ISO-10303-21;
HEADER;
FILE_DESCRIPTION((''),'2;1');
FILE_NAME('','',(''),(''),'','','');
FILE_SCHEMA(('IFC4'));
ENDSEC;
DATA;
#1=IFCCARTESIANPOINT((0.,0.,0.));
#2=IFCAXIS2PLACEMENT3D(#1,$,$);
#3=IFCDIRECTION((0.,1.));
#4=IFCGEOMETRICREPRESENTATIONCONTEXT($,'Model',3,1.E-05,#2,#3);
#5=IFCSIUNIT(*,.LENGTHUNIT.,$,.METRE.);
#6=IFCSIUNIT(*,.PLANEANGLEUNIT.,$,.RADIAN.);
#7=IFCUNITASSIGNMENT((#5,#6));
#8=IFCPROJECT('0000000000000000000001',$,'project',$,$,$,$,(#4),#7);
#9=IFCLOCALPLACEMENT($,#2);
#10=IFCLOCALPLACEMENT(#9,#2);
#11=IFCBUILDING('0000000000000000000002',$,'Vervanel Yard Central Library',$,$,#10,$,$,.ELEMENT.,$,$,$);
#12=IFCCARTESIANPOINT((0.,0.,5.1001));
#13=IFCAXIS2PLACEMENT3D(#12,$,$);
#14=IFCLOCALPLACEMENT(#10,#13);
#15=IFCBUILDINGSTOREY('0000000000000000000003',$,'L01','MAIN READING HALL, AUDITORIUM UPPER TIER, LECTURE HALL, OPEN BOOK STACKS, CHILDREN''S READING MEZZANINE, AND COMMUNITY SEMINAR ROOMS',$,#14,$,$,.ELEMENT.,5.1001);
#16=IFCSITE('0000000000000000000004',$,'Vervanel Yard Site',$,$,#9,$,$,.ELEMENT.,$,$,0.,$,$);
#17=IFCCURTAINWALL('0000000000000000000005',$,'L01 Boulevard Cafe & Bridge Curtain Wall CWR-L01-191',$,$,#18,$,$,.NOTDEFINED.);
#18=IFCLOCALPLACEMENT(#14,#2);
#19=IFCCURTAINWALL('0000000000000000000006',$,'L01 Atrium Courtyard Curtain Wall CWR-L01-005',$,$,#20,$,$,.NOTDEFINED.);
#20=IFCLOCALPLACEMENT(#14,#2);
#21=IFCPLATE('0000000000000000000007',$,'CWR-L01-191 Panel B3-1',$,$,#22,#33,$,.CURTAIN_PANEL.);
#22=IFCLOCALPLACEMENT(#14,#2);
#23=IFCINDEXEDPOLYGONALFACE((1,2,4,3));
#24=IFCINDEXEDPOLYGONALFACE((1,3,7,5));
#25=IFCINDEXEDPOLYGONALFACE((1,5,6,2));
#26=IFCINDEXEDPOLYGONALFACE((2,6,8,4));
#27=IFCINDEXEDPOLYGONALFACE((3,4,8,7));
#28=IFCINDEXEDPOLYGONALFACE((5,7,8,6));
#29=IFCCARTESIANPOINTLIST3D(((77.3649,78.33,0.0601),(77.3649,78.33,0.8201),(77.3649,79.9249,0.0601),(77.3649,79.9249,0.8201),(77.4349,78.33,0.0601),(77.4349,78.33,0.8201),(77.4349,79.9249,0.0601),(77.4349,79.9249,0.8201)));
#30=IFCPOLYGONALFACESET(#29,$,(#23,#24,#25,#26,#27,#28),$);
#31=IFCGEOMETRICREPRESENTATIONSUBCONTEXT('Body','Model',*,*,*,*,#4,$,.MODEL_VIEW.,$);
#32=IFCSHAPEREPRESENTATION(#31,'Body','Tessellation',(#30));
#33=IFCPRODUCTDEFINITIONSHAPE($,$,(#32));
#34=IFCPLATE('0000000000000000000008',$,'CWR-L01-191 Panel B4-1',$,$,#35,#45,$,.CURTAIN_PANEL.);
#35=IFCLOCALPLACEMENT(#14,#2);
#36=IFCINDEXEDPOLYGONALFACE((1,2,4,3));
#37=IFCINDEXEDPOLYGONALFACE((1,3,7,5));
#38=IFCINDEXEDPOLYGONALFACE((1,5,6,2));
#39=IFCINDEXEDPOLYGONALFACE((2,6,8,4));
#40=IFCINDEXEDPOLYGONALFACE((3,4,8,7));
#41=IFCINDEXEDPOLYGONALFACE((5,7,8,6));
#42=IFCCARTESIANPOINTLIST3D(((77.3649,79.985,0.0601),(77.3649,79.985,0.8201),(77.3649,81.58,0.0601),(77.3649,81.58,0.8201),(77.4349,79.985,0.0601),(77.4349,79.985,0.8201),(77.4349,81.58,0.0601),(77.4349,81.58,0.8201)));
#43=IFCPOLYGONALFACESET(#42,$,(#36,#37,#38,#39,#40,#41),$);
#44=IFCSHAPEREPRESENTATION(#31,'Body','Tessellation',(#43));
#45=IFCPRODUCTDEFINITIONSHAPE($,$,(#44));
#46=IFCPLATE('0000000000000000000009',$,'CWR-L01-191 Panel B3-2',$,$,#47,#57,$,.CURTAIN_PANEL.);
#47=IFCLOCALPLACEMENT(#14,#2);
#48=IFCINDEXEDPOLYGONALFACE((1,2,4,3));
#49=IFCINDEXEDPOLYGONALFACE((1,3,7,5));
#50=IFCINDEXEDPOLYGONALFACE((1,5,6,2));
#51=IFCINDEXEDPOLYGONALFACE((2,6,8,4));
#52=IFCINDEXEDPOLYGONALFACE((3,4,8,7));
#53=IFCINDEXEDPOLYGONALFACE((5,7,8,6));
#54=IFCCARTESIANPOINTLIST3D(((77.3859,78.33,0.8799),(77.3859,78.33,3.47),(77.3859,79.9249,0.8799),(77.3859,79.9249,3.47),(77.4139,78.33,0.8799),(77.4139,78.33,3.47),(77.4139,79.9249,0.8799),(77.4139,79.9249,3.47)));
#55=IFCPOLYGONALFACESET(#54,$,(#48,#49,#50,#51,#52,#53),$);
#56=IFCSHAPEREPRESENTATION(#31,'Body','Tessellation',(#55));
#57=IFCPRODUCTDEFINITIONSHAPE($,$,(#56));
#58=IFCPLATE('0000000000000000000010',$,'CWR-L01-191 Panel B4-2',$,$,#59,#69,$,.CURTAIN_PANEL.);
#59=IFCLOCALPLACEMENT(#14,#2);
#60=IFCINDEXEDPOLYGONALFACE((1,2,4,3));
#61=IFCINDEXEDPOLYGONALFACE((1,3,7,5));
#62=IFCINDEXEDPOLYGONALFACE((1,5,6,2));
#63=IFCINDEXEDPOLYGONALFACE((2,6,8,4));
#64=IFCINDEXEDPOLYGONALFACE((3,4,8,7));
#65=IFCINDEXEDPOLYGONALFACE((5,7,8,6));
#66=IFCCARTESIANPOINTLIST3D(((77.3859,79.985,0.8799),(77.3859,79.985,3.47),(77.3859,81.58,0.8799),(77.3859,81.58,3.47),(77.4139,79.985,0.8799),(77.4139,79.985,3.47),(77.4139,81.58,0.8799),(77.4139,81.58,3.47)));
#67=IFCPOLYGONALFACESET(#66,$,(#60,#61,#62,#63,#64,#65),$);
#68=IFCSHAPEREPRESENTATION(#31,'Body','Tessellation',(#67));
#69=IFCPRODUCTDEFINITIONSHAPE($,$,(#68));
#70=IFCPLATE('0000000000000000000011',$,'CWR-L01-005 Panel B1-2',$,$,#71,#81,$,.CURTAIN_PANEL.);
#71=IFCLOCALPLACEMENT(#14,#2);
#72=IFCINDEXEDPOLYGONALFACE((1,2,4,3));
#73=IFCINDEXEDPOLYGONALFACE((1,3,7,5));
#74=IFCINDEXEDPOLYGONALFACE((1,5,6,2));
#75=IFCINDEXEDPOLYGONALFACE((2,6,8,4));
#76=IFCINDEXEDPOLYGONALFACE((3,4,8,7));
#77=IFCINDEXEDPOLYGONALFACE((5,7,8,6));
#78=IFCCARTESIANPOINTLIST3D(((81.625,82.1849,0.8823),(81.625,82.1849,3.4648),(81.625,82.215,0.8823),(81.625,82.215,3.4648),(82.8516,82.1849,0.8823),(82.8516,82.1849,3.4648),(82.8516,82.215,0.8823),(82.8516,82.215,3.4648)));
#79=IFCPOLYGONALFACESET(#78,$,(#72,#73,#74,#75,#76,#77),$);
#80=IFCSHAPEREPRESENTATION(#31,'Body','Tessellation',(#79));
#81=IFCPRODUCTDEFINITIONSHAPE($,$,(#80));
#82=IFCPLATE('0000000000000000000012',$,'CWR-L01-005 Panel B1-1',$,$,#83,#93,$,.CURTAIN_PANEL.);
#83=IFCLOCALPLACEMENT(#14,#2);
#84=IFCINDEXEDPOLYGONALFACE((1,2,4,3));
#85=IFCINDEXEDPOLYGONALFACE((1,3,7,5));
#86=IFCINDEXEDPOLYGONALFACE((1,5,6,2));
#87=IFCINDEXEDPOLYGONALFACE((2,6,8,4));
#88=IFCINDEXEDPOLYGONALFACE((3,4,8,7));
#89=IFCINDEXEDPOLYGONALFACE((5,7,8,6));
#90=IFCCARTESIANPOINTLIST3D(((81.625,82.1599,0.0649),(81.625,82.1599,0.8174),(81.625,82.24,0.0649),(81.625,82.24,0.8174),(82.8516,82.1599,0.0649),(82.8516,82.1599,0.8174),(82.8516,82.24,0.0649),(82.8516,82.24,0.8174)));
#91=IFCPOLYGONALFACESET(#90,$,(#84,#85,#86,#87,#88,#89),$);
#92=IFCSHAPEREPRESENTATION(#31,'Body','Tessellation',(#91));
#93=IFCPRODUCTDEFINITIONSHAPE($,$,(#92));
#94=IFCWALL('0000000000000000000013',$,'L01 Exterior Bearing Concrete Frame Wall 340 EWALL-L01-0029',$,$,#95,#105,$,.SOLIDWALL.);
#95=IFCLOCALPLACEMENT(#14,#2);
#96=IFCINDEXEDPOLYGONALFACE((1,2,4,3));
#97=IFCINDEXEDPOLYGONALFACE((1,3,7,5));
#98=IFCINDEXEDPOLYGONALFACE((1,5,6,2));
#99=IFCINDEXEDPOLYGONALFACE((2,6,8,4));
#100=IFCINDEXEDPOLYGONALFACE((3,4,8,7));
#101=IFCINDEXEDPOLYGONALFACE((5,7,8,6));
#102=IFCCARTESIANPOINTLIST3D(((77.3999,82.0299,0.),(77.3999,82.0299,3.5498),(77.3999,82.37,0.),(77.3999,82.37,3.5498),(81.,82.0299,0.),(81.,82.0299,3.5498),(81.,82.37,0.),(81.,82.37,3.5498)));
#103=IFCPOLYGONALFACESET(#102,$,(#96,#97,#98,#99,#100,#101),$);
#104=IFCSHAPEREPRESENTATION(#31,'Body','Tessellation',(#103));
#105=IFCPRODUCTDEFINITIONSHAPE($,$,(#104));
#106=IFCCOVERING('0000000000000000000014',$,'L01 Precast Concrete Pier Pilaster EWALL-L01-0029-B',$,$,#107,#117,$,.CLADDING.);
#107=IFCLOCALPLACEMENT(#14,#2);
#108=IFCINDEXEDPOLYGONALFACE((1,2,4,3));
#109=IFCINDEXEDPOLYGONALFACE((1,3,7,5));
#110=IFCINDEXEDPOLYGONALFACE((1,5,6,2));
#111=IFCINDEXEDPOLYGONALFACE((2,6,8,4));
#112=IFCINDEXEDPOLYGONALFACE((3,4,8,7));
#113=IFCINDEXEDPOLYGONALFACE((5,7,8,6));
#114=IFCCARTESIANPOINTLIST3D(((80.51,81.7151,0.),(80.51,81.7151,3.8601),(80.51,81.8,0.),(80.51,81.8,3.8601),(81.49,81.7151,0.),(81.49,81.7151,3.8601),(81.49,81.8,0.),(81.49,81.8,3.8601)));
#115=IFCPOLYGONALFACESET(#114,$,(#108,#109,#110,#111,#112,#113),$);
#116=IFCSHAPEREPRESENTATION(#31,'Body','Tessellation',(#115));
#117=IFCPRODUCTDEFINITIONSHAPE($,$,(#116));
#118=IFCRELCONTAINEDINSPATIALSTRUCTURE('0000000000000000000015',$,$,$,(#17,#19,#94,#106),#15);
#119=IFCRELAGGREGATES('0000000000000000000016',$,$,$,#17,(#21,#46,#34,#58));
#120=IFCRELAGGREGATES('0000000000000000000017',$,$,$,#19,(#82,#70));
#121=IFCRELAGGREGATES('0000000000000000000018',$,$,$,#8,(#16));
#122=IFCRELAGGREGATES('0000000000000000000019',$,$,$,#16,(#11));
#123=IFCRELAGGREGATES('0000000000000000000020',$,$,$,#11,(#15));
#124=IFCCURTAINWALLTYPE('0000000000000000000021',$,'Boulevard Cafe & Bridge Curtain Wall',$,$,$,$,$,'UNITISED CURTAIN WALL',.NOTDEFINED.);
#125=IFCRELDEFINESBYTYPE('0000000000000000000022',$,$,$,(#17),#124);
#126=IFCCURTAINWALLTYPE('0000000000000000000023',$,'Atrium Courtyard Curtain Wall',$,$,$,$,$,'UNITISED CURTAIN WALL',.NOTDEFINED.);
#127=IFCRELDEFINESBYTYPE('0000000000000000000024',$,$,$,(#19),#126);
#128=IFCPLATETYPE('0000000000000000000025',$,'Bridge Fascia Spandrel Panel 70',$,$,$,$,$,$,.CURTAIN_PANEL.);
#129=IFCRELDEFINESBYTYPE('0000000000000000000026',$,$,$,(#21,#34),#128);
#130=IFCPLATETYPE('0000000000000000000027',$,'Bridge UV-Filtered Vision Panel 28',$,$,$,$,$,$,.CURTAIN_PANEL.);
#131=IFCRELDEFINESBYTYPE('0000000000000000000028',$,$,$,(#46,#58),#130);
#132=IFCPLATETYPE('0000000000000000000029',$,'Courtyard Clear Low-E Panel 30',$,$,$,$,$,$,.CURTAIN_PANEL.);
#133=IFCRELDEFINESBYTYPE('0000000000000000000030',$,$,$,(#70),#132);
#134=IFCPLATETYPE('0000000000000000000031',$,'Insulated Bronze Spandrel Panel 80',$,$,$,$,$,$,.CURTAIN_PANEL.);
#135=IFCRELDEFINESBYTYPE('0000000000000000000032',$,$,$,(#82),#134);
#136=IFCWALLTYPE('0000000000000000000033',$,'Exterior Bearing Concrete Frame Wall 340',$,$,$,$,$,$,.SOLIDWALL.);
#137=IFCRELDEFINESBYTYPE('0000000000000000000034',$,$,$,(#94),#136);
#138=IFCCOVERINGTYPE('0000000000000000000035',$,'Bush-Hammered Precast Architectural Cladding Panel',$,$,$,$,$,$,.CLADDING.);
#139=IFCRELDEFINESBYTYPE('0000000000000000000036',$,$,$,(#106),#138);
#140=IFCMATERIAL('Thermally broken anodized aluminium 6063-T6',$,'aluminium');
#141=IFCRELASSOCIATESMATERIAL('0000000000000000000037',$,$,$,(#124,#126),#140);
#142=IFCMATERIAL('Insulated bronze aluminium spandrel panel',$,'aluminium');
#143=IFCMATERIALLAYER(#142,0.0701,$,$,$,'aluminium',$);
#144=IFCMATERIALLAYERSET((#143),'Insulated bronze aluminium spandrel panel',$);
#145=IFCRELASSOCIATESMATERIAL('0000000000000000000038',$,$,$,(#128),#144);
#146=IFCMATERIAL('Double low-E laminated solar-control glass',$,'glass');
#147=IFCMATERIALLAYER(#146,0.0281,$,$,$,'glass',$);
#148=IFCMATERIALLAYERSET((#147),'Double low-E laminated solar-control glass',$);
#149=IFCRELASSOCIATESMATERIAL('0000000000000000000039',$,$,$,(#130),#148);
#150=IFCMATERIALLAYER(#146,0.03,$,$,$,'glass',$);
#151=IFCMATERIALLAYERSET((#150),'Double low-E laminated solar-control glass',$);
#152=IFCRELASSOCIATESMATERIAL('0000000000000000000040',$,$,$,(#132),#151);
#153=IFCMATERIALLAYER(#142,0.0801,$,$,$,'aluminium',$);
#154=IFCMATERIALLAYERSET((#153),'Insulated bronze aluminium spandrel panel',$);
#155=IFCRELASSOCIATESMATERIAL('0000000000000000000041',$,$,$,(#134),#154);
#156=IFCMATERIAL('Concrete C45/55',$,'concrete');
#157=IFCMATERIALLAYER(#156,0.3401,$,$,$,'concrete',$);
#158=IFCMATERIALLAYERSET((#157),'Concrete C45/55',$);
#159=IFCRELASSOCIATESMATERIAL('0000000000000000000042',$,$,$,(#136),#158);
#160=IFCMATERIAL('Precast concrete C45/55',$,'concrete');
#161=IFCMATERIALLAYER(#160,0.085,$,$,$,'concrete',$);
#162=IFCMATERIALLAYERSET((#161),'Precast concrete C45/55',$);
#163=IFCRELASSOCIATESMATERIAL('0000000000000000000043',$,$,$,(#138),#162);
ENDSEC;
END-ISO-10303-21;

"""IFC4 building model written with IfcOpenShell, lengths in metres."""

from ifc_helpers import new_model, si_unit, direction, frame, frame_2d, origin, origin_2d, place, context, subcontext, project, spatial, rectangle, extrude, material, layer, layer_set, type_object, element, aggregate, save


model = new_model("IFC4")

# Units and contexts
model_context = context("Model", 3, precision=1e-05, world=origin(), true_north=direction((0.0, 1.0)))
body_context = subcontext(model_context, "Body", "Model", "MODEL_VIEW")
ifc_project = project(units=[si_unit("LENGTHUNIT", "METRE"), si_unit("PLANEANGLEUNIT", "RADIAN")], contexts=[model_context])

# Site, building, storey
site_placement = place(None, origin())
site = spatial("IfcSite", under=ifc_project, at=site_placement, Name="Vervanel Yard Site", CompositionType="ELEMENT", RefElevation=0.0)
building_placement = place(site_placement, origin())
building = spatial("IfcBuilding", under=site, at=building_placement, Name="Vervanel Yard Central Library", CompositionType="ELEMENT")
storey_placement = place(building_placement, frame((0.0, 0.0, 5.1001)))
storey = spatial("IfcBuildingStorey", under=building, at=storey_placement, Name="L01", Description="MAIN READING HALL, AUDITORIUM UPPER TIER, LECTURE HALL, OPEN BOOK STACKS, CHILDREN'S READING MEZZANINE, AND COMMUNITY SEMINAR ROOMS", CompositionType="ELEMENT", Elevation=5.1001)

# Shared definitions
ifc_material_1 = material(Name="Concrete C45/55", Category="concrete")

# Curtain wall
ifc_material_2 = material(Name="Thermally broken anodized aluminium 6063-T6", Category="aluminium")
curtain_wall_type_1 = type_object("IfcCurtainWallType", Name="Boulevard Cafe & Bridge Curtain Wall", ElementType="UNITISED CURTAIN WALL", PredefinedType="NOTDEFINED", material=ifc_material_2)
curtain_wall_1_placement = place(storey_placement, origin())
curtain_wall_1 = element("IfcCurtainWall", 1, at=curtain_wall_1_placement, inside=storey, type_object=curtain_wall_type_1, Name="L01 Boulevard Cafe & Bridge Curtain Wall CWR-L01-191", PredefinedType="NOTDEFINED")

# Curtain wall
curtain_wall_type_2 = type_object("IfcCurtainWallType", Name="Atrium Courtyard Curtain Wall", ElementType="UNITISED CURTAIN WALL", PredefinedType="NOTDEFINED", material=ifc_material_2)
curtain_wall_2_placement = place(storey_placement, origin())
curtain_wall_2 = element("IfcCurtainWall", 2, at=curtain_wall_2_placement, inside=storey, type_object=curtain_wall_type_2, Name="L01 Atrium Courtyard Curtain Wall CWR-L01-005", PredefinedType="NOTDEFINED")

# Plates
ifc_material_3 = material(Name="Insulated bronze aluminium spandrel panel", Category="aluminium")
ifc_layer_1 = layer(ifc_material_3, 0.0701, Category="aluminium")
ifc_layer_set_1 = layer_set([ifc_layer_1], Name="Insulated bronze aluminium spandrel panel")
plate_type_1 = type_object("IfcPlateType", Name="Bridge Fascia Spandrel Panel 70", PredefinedType="CURTAIN_PANEL", material=ifc_layer_set_1)
plate_1_placement = place(storey_placement, frame((77.3999, 79.1274, 0.0601), z_axis=(0.0, 0.0, 1.0), x_axis=(0.0, 1.0, 0.0)))
plate_1 = element("IfcPlate", 3, at=plate_1_placement, type_object=plate_type_1, Name="CWR-L01-191 Panel B3-1", PredefinedType="CURTAIN_PANEL", context=body_context, shape_type="SweptSolid", body=[
    extrude(rectangle(XDim=1.595, YDim=0.0701, at=origin_2d()), origin(), (0.0, 0.0, 1.0), 0.76),
])
plate_2_placement = place(storey_placement, frame((77.3999, 80.7825, 0.0601), z_axis=(0.0, 0.0, 1.0), x_axis=(0.0, 1.0, 0.0)))
plate_2 = element("IfcPlate", 4, at=plate_2_placement, type_object=plate_type_1, Name="CWR-L01-191 Panel B4-1", PredefinedType="CURTAIN_PANEL", context=body_context, shape_type="SweptSolid", body=[
    extrude(rectangle(XDim=1.595, YDim=0.0701, at=origin_2d()), origin(), (0.0, 0.0, 1.0), 0.76),
])
ifc_material_4 = material(Name="Double low-E laminated solar-control glass", Category="glass")
ifc_layer_2 = layer(ifc_material_4, 0.0281, Category="glass")
ifc_layer_set_2 = layer_set([ifc_layer_2], Name="Double low-E laminated solar-control glass")
plate_type_2 = type_object("IfcPlateType", Name="Bridge UV-Filtered Vision Panel 28", PredefinedType="CURTAIN_PANEL", material=ifc_layer_set_2)
plate_3_placement = place(storey_placement, frame((77.3999, 79.1274, 0.8799), z_axis=(0.0, 0.0, 1.0), x_axis=(0.0, 1.0, 0.0)))
plate_3 = element("IfcPlate", 5, at=plate_3_placement, type_object=plate_type_2, Name="CWR-L01-191 Panel B3-2", PredefinedType="CURTAIN_PANEL", context=body_context, shape_type="SweptSolid", body=[
    extrude(rectangle(XDim=1.595, YDim=0.0281, at=origin_2d()), origin(), (0.0, 0.0, 1.0), 2.5901),
])
plate_4_placement = place(storey_placement, frame((77.3999, 80.7825, 0.8799), z_axis=(0.0, 0.0, 1.0), x_axis=(0.0, 1.0, 0.0)))
plate_4 = element("IfcPlate", 6, at=plate_4_placement, type_object=plate_type_2, Name="CWR-L01-191 Panel B4-2", PredefinedType="CURTAIN_PANEL", context=body_context, shape_type="SweptSolid", body=[
    extrude(rectangle(XDim=1.595, YDim=0.0281, at=origin_2d()), origin(), (0.0, 0.0, 1.0), 2.5901),
])
aggregate(curtain_wall_1, [plate_1, plate_3, plate_2, plate_4])
ifc_layer_3 = layer(ifc_material_4, 0.03, Category="glass")
ifc_layer_set_3 = layer_set([ifc_layer_3], Name="Double low-E laminated solar-control glass")
plate_type_3 = type_object("IfcPlateType", Name="Courtyard Clear Low-E Panel 30", PredefinedType="CURTAIN_PANEL", material=ifc_layer_set_3)
plate_5_placement = place(storey_placement, frame((82.2383, 82.2, 0.8823), z_axis=(0.0, 0.0, 1.0), x_axis=(1.0, 0.0, 0.0)))
plate_5 = element("IfcPlate", 7, at=plate_5_placement, type_object=plate_type_3, Name="CWR-L01-005 Panel B1-2", PredefinedType="CURTAIN_PANEL", context=body_context, shape_type="SweptSolid", body=[
    extrude(rectangle(XDim=1.2266, YDim=0.03, at=origin_2d()), origin(), (0.0, 0.0, 1.0), 2.5825),
])
ifc_layer_4 = layer(ifc_material_3, 0.0801, Category="aluminium")
ifc_layer_set_4 = layer_set([ifc_layer_4], Name="Insulated bronze aluminium spandrel panel")
plate_type_4 = type_object("IfcPlateType", Name="Insulated Bronze Spandrel Panel 80", PredefinedType="CURTAIN_PANEL", material=ifc_layer_set_4)
plate_6_placement = place(storey_placement, frame((82.2383, 82.2, 0.0649), z_axis=(0.0, 0.0, 1.0), x_axis=(1.0, 0.0, 0.0)))
plate_6 = element("IfcPlate", 8, at=plate_6_placement, type_object=plate_type_4, Name="CWR-L01-005 Panel B1-1", PredefinedType="CURTAIN_PANEL", context=body_context, shape_type="SweptSolid", body=[
    extrude(rectangle(XDim=1.2266, YDim=0.0801, at=origin_2d()), origin(), (0.0, 0.0, 1.0), 0.7524),
])
aggregate(curtain_wall_2, [plate_6, plate_5])

# Wall
ifc_layer_5 = layer(ifc_material_1, 0.3401, Category="concrete")
ifc_layer_set_5 = layer_set([ifc_layer_5], Name="Concrete C45/55")
wall_type = type_object("IfcWallType", Name="Exterior Bearing Concrete Frame Wall 340", PredefinedType="SOLIDWALL", material=ifc_layer_set_5)
wall_placement = place(storey_placement, frame((77.3999, 82.2, 0.0), z_axis=(0.0, 0.0, 1.0), x_axis=(1.0, 0.0, 0.0)))
element("IfcWall", 9, at=wall_placement, inside=storey, type_object=wall_type, Name="L01 Exterior Bearing Concrete Frame Wall 340 EWALL-L01-0029", PredefinedType="SOLIDWALL", context=body_context, shape_type="SweptSolid", body=[
    extrude(rectangle(XDim=3.6001, YDim=0.3401, at=frame_2d((1.8, 0.0))), origin(), (0.0, 0.0, 1.0), 3.5498),
])

# Covering
ifc_material_5 = material(Name="Precast concrete C45/55", Category="concrete")
ifc_layer_6 = layer(ifc_material_5, 0.085, Category="concrete")
ifc_layer_set_6 = layer_set([ifc_layer_6], Name="Precast concrete C45/55")
covering_type = type_object("IfcCoveringType", Name="Bush-Hammered Precast Architectural Cladding Panel", PredefinedType="CLADDING", material=ifc_layer_set_6)
covering_placement = place(storey_placement, frame((81.0, 81.7576, 0.0), z_axis=(0.0, 0.0, 1.0), x_axis=(1.0, 0.0, 0.0)))
element("IfcCovering", 10, at=covering_placement, inside=storey, type_object=covering_type, Name="L01 Precast Concrete Pier Pilaster EWALL-L01-0029-B", PredefinedType="CLADDING", context=body_context, shape_type="SweptSolid", body=[
    extrude(rectangle(XDim=0.98, YDim=0.085, at=origin_2d()), origin(), (0.0, 0.0, 1.0), 3.8601),
])

save(model, "model.ifc")
